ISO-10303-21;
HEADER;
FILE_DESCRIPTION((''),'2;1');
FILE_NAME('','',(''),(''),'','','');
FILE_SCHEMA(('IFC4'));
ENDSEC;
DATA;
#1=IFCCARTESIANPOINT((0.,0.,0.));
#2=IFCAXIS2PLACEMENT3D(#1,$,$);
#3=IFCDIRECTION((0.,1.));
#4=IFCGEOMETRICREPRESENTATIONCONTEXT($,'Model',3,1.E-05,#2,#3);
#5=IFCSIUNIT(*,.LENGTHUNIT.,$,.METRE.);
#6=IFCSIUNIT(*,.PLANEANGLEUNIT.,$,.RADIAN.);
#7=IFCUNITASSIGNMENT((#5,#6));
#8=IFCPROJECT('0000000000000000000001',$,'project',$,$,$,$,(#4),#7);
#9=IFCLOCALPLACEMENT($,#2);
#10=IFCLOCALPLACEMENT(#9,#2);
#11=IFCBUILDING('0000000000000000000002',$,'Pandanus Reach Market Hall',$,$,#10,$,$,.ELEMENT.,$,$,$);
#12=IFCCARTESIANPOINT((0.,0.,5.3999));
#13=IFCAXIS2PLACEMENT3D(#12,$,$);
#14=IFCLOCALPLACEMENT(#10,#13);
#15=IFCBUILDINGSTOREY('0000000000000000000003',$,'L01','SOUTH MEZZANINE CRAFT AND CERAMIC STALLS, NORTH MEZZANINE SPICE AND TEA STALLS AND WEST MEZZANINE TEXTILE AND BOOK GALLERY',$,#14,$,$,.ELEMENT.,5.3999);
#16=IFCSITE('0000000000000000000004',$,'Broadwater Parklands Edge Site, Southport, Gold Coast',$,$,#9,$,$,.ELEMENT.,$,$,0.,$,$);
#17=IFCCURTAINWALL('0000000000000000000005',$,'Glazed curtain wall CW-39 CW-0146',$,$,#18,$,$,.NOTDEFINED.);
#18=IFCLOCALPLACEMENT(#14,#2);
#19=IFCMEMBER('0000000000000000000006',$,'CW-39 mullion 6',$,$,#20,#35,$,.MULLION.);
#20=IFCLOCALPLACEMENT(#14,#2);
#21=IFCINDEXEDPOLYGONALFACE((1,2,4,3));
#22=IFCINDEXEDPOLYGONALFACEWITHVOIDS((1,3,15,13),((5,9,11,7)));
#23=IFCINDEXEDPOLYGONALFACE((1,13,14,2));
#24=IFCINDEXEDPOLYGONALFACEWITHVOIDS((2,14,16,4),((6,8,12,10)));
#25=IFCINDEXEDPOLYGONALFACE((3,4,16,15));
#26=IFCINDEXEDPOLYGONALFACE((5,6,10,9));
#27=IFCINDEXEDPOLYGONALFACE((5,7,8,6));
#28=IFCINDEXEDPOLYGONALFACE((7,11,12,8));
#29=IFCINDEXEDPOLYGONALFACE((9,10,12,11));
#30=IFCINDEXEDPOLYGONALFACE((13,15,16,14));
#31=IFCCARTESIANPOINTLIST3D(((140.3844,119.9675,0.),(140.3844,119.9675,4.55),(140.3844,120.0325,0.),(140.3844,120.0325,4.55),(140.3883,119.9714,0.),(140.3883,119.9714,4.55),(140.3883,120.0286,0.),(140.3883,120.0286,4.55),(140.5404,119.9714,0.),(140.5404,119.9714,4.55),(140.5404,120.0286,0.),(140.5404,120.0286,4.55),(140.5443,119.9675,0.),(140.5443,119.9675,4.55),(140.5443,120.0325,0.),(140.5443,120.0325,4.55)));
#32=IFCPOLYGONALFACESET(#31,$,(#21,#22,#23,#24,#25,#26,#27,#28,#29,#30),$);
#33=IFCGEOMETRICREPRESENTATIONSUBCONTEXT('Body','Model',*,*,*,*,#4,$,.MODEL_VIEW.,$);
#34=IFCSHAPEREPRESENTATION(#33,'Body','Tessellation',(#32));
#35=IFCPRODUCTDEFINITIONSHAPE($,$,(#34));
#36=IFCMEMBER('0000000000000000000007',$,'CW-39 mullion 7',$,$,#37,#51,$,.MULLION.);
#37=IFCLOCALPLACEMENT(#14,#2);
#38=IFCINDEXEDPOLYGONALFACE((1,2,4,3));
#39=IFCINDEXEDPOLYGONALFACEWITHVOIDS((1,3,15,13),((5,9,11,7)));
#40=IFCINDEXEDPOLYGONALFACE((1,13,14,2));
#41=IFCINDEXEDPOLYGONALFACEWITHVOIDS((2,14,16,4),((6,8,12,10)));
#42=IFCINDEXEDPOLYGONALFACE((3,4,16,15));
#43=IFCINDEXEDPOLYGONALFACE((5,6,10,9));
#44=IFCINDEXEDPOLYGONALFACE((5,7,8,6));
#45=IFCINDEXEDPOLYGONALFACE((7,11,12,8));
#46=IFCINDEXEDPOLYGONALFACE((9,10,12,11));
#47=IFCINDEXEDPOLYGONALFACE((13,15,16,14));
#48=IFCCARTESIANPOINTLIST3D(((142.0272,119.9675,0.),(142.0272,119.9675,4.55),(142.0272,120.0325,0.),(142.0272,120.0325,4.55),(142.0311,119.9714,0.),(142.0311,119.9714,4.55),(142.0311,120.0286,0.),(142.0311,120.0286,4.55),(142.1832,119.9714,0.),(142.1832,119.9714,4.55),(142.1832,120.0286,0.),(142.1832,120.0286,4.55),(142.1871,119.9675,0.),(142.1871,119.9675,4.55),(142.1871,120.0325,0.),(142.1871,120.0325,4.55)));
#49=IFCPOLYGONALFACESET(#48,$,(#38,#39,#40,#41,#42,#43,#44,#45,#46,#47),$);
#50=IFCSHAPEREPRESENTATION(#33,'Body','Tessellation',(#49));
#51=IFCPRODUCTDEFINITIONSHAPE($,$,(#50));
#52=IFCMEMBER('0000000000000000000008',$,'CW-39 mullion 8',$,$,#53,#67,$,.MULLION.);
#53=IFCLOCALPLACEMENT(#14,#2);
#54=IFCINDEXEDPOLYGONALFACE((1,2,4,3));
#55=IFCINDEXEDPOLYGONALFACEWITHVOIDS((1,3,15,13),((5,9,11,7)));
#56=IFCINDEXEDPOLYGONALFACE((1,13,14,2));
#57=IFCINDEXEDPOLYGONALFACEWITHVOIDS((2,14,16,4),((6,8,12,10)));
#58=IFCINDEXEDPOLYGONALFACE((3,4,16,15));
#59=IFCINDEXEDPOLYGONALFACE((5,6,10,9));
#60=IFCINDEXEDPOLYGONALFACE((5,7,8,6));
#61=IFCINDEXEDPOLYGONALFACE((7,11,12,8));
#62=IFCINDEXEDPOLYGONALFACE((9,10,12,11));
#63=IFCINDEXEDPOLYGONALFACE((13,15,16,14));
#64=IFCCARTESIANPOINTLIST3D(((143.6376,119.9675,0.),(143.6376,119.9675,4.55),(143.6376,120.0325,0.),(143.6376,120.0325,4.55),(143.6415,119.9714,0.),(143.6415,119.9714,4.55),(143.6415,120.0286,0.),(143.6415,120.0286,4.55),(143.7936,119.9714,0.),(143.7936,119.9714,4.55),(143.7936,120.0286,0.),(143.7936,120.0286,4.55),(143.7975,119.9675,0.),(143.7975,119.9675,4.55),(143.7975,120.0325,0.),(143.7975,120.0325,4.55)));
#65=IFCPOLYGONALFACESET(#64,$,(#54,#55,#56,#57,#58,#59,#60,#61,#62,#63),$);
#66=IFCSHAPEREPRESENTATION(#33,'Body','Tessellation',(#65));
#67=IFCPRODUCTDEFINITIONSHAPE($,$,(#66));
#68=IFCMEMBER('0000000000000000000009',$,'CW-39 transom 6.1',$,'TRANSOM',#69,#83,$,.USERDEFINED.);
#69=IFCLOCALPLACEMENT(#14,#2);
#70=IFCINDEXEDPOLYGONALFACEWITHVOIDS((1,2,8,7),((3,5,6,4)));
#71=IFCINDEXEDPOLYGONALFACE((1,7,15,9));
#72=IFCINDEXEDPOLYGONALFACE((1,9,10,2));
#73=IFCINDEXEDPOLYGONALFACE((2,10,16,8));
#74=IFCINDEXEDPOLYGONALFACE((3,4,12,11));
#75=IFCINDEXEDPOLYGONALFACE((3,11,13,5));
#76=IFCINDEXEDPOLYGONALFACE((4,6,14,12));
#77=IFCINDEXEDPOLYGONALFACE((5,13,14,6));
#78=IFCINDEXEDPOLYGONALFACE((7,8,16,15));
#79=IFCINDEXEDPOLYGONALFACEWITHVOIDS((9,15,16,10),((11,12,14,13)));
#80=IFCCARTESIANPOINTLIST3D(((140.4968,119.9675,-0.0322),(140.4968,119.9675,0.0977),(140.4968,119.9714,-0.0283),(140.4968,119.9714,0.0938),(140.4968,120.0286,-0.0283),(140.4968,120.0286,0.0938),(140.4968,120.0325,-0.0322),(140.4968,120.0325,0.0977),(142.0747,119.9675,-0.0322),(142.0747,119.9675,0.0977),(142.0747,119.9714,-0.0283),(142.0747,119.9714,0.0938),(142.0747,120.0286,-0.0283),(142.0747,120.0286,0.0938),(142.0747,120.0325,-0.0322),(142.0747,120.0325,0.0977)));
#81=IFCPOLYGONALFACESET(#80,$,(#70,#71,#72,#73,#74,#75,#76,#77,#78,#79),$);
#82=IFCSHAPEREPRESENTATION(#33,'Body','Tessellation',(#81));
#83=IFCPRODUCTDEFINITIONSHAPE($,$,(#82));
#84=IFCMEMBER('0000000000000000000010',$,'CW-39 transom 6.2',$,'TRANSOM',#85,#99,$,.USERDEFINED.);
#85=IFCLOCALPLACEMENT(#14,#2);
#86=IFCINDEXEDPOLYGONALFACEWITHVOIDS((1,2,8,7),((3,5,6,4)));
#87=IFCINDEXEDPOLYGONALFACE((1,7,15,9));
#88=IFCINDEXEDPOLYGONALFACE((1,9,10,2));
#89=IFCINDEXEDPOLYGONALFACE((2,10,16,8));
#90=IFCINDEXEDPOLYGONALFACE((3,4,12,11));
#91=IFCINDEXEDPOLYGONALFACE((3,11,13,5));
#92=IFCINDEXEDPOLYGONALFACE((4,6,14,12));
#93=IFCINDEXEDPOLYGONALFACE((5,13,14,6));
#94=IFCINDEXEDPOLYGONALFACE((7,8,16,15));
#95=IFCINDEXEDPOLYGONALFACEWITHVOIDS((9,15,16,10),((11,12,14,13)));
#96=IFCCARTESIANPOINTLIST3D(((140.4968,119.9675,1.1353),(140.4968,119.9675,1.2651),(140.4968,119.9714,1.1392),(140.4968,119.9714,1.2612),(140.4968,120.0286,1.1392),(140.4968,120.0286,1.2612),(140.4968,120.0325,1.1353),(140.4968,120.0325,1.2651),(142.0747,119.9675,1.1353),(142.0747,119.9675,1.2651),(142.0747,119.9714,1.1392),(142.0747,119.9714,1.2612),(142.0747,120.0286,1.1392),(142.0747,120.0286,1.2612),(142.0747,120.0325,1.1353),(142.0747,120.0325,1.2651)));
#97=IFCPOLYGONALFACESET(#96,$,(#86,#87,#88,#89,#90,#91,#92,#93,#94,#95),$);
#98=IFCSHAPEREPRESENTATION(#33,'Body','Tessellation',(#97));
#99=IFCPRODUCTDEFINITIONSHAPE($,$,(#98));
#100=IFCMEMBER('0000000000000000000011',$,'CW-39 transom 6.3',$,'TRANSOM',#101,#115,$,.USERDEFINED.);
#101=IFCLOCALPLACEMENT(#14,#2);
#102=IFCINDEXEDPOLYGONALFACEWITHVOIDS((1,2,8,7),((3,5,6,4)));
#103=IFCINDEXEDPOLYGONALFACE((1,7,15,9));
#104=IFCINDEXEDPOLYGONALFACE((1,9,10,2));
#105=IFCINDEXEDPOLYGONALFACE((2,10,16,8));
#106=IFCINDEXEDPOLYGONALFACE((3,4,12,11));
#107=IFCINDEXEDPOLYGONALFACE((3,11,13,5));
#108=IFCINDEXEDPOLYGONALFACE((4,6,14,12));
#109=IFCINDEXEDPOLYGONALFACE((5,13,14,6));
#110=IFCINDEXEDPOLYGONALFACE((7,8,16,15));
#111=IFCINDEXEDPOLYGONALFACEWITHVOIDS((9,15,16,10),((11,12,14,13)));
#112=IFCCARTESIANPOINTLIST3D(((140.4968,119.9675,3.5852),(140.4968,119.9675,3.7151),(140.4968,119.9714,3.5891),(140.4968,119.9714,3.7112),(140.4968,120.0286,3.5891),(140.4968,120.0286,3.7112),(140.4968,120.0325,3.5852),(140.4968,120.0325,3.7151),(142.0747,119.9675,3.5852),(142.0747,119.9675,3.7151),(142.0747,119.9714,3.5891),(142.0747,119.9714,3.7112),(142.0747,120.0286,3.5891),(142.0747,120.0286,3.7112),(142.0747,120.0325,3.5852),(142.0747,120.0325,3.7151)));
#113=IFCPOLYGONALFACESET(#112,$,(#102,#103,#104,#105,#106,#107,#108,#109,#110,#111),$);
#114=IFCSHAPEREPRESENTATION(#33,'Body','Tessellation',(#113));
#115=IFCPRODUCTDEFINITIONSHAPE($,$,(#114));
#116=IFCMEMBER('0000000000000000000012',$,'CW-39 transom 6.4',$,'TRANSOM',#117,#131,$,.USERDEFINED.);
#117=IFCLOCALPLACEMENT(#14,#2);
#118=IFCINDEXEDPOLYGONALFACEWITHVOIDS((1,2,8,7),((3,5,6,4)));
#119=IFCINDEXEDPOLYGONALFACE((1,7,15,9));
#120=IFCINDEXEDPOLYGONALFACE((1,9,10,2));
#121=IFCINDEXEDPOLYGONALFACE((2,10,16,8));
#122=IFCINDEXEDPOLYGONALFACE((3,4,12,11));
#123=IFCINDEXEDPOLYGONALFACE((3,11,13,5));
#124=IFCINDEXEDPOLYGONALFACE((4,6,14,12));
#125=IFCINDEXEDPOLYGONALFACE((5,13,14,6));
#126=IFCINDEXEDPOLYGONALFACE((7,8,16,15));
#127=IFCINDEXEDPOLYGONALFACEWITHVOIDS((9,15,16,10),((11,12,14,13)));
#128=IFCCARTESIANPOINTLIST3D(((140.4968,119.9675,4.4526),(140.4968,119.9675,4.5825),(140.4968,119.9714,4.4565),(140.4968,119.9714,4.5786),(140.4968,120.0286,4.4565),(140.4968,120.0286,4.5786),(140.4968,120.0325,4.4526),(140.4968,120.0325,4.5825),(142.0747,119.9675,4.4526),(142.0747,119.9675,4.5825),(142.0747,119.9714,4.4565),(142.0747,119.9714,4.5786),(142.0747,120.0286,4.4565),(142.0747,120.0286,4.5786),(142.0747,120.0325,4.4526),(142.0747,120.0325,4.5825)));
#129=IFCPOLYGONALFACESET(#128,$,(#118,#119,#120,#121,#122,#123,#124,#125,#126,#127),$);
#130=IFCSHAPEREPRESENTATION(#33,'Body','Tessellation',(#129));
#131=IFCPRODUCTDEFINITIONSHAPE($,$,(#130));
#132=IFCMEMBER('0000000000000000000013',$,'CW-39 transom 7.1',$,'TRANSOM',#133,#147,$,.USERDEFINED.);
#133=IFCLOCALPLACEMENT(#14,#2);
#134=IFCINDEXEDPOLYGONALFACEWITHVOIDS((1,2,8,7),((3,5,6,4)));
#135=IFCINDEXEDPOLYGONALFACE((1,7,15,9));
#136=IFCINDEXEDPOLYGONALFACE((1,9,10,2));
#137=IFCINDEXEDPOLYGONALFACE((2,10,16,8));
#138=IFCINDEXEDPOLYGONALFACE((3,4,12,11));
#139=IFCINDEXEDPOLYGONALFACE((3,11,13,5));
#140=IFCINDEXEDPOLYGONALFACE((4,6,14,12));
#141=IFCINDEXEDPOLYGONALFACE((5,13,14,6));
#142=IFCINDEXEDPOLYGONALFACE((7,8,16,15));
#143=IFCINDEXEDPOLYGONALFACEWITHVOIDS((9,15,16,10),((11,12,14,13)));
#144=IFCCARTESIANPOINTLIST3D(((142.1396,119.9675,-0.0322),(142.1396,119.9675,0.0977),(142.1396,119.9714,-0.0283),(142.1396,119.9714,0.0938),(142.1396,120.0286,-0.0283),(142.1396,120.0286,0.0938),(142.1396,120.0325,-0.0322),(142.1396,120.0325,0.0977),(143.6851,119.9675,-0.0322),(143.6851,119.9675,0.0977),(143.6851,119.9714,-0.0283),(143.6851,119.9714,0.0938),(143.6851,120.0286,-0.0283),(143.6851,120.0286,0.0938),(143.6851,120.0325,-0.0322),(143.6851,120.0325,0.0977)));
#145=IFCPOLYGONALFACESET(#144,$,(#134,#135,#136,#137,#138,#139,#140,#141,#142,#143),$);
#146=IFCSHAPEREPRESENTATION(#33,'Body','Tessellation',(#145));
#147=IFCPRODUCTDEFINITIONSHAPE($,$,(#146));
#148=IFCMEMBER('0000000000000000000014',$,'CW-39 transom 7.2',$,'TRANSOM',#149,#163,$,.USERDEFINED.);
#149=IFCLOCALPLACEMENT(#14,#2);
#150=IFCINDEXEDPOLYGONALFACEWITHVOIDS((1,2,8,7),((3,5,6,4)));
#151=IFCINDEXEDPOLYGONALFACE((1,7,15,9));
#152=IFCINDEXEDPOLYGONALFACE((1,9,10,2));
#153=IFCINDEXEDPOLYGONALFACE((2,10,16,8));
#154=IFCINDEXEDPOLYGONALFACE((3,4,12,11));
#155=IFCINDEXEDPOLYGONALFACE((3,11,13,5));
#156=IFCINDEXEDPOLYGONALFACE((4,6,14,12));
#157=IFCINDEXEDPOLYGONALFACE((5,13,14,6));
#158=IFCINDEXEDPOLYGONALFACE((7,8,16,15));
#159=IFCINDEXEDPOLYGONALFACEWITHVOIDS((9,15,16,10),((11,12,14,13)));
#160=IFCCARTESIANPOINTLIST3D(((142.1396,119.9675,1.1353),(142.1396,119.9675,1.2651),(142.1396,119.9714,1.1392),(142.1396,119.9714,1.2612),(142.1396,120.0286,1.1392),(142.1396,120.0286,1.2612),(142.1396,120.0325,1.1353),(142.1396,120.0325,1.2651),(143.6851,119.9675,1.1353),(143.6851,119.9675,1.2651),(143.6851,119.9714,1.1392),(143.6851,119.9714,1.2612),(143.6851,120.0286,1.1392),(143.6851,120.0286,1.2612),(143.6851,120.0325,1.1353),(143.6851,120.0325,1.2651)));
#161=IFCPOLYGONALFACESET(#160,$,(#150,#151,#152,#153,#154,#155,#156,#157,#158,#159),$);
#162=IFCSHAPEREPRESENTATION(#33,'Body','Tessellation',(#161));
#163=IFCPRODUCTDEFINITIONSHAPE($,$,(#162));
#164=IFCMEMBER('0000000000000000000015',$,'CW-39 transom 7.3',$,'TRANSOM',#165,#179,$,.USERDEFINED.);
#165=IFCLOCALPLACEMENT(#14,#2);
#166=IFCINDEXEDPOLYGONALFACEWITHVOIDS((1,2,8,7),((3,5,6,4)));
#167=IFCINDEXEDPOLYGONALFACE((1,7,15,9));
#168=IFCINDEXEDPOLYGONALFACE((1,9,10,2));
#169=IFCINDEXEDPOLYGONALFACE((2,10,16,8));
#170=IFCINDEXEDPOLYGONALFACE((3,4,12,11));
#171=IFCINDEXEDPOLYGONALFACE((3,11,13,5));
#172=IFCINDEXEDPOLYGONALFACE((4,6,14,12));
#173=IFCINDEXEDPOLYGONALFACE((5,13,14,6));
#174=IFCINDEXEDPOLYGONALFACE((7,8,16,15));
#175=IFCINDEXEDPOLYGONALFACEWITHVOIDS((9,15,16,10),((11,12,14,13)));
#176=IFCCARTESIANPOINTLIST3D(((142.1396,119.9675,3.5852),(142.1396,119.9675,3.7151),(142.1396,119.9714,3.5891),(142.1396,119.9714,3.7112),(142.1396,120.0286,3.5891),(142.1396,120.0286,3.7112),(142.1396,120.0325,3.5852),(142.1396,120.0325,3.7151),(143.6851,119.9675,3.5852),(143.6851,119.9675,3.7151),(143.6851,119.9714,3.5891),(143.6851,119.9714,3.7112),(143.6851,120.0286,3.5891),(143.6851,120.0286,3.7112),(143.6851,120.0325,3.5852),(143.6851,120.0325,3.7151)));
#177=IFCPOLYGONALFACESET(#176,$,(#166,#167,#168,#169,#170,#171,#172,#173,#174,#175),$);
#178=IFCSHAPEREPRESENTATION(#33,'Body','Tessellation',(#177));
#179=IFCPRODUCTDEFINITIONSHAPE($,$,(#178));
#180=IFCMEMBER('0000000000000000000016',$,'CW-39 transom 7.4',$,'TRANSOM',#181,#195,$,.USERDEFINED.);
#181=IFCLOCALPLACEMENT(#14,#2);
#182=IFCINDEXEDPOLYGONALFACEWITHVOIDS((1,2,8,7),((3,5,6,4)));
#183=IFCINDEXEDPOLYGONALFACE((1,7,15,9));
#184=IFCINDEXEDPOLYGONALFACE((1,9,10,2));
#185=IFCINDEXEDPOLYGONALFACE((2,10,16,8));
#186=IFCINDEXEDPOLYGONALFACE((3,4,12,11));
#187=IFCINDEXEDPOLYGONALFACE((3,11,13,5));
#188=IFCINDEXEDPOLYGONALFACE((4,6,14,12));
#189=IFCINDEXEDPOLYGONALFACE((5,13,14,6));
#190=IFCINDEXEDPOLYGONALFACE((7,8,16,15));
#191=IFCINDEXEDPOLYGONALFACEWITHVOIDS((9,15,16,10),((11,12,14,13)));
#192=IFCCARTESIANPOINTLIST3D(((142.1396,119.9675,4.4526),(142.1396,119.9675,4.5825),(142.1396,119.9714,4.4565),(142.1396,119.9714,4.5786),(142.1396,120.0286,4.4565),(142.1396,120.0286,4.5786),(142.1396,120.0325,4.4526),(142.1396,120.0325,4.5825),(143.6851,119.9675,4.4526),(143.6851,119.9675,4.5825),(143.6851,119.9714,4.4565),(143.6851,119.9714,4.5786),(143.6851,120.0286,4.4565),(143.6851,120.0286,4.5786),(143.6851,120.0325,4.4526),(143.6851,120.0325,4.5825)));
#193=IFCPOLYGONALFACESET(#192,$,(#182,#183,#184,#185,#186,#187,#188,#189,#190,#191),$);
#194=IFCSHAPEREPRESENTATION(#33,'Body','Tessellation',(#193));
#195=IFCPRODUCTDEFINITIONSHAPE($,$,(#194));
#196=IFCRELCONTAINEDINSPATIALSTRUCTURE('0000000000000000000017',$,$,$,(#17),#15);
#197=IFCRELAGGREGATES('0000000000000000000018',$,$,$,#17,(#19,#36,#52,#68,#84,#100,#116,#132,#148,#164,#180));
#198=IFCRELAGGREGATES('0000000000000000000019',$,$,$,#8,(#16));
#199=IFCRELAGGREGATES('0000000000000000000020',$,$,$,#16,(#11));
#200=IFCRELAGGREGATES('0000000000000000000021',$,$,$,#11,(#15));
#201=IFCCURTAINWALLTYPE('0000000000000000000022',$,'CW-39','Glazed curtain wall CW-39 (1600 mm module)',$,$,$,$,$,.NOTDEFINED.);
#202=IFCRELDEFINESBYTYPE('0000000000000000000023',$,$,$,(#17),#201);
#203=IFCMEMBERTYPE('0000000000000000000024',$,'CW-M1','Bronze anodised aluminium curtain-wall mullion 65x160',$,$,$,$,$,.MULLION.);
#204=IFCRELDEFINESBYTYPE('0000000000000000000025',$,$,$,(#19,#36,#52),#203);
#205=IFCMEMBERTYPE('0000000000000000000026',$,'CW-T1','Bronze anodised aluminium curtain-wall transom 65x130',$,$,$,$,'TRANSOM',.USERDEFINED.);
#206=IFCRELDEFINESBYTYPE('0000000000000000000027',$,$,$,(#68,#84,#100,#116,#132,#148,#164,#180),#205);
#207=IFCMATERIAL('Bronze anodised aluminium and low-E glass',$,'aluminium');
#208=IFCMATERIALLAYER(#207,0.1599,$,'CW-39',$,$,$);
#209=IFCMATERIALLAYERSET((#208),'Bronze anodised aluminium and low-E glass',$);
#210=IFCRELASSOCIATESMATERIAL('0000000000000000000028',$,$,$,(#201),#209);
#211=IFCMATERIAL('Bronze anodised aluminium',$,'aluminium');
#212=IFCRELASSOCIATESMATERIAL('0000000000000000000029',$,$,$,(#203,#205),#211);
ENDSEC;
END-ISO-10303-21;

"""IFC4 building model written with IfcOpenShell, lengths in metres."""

from ifc_helpers import new_model, si_unit, direction, frame, origin, origin_2d, place, context, subcontext, project, spatial, hollow_rectangle, extrude, material, layer, layer_set, material_profile, profile_set, type_object, element, aggregate, save


model = new_model("IFC4")

# Units and contexts
model_context = context("Model", 3, precision=1e-05, world=origin(), true_north=direction((0.0, 1.0)))
body_context = subcontext(model_context, "Body", "Model", "MODEL_VIEW")
ifc_project = project(units=[si_unit("LENGTHUNIT", "METRE"), si_unit("PLANEANGLEUNIT", "RADIAN")], contexts=[model_context])

# Site, building, storey
site_placement = place(None, origin())
site = spatial("IfcSite", under=ifc_project, at=site_placement, Name="Broadwater Parklands Edge Site, Southport, Gold Coast", CompositionType="ELEMENT", RefElevation=0.0)
building_placement = place(site_placement, origin())
building = spatial("IfcBuilding", under=site, at=building_placement, Name="Pandanus Reach Market Hall", CompositionType="ELEMENT")
storey_placement = place(building_placement, frame((0.0, 0.0, 5.3999)))
storey = spatial("IfcBuildingStorey", under=building, at=storey_placement, Name="L01", Description="SOUTH MEZZANINE CRAFT AND CERAMIC STALLS, NORTH MEZZANINE SPICE AND TEA STALLS AND WEST MEZZANINE TEXTILE AND BOOK GALLERY", CompositionType="ELEMENT", Elevation=5.3999)

# Curtain wall, members
ifc_material_1 = material(Name="Bronze anodised aluminium and low-E glass", Category="aluminium")
ifc_layer_1 = layer(ifc_material_1, 0.1599, Name="CW-39")
ifc_layer_set_1 = layer_set([ifc_layer_1], Name="Bronze anodised aluminium and low-E glass")
curtain_wall_type = type_object("IfcCurtainWallType", Name="CW-39", Description="Glazed curtain wall CW-39 (1600 mm module)", PredefinedType="NOTDEFINED", material=ifc_layer_set_1)
curtain_wall_placement = place(storey_placement, origin())
curtain_wall = element("IfcCurtainWall", 1, at=curtain_wall_placement, inside=storey, type_object=curtain_wall_type, Name="Glazed curtain wall CW-39 CW-0146", PredefinedType="NOTDEFINED")
ifc_material_2 = material(Name="Bronze anodised aluminium", Category="aluminium")
ifc_material_profile_1 = material_profile(ifc_material_2, hollow_rectangle(XDim=0.0649, YDim=0.1599, WallThickness=0.0039, at=origin_2d()), Name="ALU65x160", Category="LoadBearing")
ifc_profile_set_1 = profile_set([ifc_material_profile_1], Name="Bronze anodised aluminium")
member_type_1 = type_object("IfcMemberType", Name="CW-M1", Description="Bronze anodised aluminium curtain-wall mullion 65x160", PredefinedType="MULLION", material=ifc_profile_set_1)
member_1_placement = place(storey_placement, frame((140.4644, 120.0, 0.0), z_axis=(0.0, 0.0, 1.0), x_axis=(0.0, 1.0, 0.0)))
member_1 = element("IfcMember", 2, at=member_1_placement, type_object=member_type_1, Name="CW-39 mullion 6", PredefinedType="MULLION", context=body_context, shape_type="SweptSolid", body=[
    extrude(hollow_rectangle(XDim=0.0649, YDim=0.1599, WallThickness=0.0039, at=origin_2d()), origin(), (0.0, 0.0, 1.0), 4.55),
])
member_2_placement = place(storey_placement, frame((142.1072, 120.0, 0.0), z_axis=(0.0, 0.0, 1.0), x_axis=(0.0, 1.0, 0.0)))
member_2 = element("IfcMember", 3, at=member_2_placement, type_object=member_type_1, Name="CW-39 mullion 7", PredefinedType="MULLION", context=body_context, shape_type="SweptSolid", body=[
    extrude(hollow_rectangle(XDim=0.0649, YDim=0.1599, WallThickness=0.0039, at=origin_2d()), origin(), (0.0, 0.0, 1.0), 4.55),
])
member_3_placement = place(storey_placement, frame((143.7175, 120.0, 0.0), z_axis=(0.0, 0.0, 1.0), x_axis=(0.0, 1.0, 0.0)))
member_3 = element("IfcMember", 4, at=member_3_placement, type_object=member_type_1, Name="CW-39 mullion 8", PredefinedType="MULLION", context=body_context, shape_type="SweptSolid", body=[
    extrude(hollow_rectangle(XDim=0.0649, YDim=0.1599, WallThickness=0.0039, at=origin_2d()), origin(), (0.0, 0.0, 1.0), 4.55),
])
ifc_material_profile_2 = material_profile(ifc_material_2, hollow_rectangle(XDim=0.0649, YDim=0.1299, WallThickness=0.0039, at=origin_2d()), Name="ALU65x130", Category="LoadBearing")
ifc_profile_set_2 = profile_set([ifc_material_profile_2], Name="Bronze anodised aluminium")
member_type_2 = type_object("IfcMemberType", Name="CW-T1", Description="Bronze anodised aluminium curtain-wall transom 65x130", ElementType="TRANSOM", PredefinedType="USERDEFINED", material=ifc_profile_set_2)
member_4_placement = place(storey_placement, frame((140.4968, 120.0, 0.0327), z_axis=(1.0, 0.0, 0.0), x_axis=(0.0, 1.0, 0.0)))
member_4 = element("IfcMember", 5, at=member_4_placement, type_object=member_type_2, Name="CW-39 transom 6.1", ObjectType="TRANSOM", PredefinedType="USERDEFINED", context=body_context, shape_type="SweptSolid", body=[
    extrude(hollow_rectangle(XDim=0.0649, YDim=0.1299, WallThickness=0.0039, at=origin_2d()), origin(), (0.0, 0.0, 1.0), 1.5779),
])
member_5_placement = place(storey_placement, frame((140.4968, 120.0, 1.2002), z_axis=(1.0, 0.0, 0.0), x_axis=(0.0, 1.0, 0.0)))
member_5 = element("IfcMember", 6, at=member_5_placement, type_object=member_type_2, Name="CW-39 transom 6.2", ObjectType="TRANSOM", PredefinedType="USERDEFINED", context=body_context, shape_type="SweptSolid", body=[
    extrude(hollow_rectangle(XDim=0.0649, YDim=0.1299, WallThickness=0.0039, at=origin_2d()), origin(), (0.0, 0.0, 1.0), 1.5779),
])
member_6_placement = place(storey_placement, frame((140.4968, 120.0, 3.6501), z_axis=(1.0, 0.0, 0.0), x_axis=(0.0, 1.0, 0.0)))
member_6 = element("IfcMember", 7, at=member_6_placement, type_object=member_type_2, Name="CW-39 transom 6.3", ObjectType="TRANSOM", PredefinedType="USERDEFINED", context=body_context, shape_type="SweptSolid", body=[
    extrude(hollow_rectangle(XDim=0.0649, YDim=0.1299, WallThickness=0.0039, at=origin_2d()), origin(), (0.0, 0.0, 1.0), 1.5779),
])
member_7_placement = place(storey_placement, frame((140.4968, 120.0, 4.5176), z_axis=(1.0, 0.0, 0.0), x_axis=(0.0, 1.0, 0.0)))
member_7 = element("IfcMember", 8, at=member_7_placement, type_object=member_type_2, Name="CW-39 transom 6.4", ObjectType="TRANSOM", PredefinedType="USERDEFINED", context=body_context, shape_type="SweptSolid", body=[
    extrude(hollow_rectangle(XDim=0.0649, YDim=0.1299, WallThickness=0.0039, at=origin_2d()), origin(), (0.0, 0.0, 1.0), 1.5779),
])
member_8_placement = place(storey_placement, frame((142.1396, 120.0, 0.0327), z_axis=(1.0, 0.0, 0.0), x_axis=(0.0, 1.0, 0.0)))
member_8 = element("IfcMember", 9, at=member_8_placement, type_object=member_type_2, Name="CW-39 transom 7.1", ObjectType="TRANSOM", PredefinedType="USERDEFINED", context=body_context, shape_type="SweptSolid", body=[
    extrude(hollow_rectangle(XDim=0.0649, YDim=0.1299, WallThickness=0.0039, at=origin_2d()), origin(), (0.0, 0.0, 1.0), 1.5454),
])
member_9_placement = place(storey_placement, frame((142.1396, 120.0, 1.2002), z_axis=(1.0, 0.0, 0.0), x_axis=(0.0, 1.0, 0.0)))
member_9 = element("IfcMember", 10, at=member_9_placement, type_object=member_type_2, Name="CW-39 transom 7.2", ObjectType="TRANSOM", PredefinedType="USERDEFINED", context=body_context, shape_type="SweptSolid", body=[
    extrude(hollow_rectangle(XDim=0.0649, YDim=0.1299, WallThickness=0.0039, at=origin_2d()), origin(), (0.0, 0.0, 1.0), 1.5454),
])
member_10_placement = place(storey_placement, frame((142.1396, 120.0, 3.6501), z_axis=(1.0, 0.0, 0.0), x_axis=(0.0, 1.0, 0.0)))
member_10 = element("IfcMember", 11, at=member_10_placement, type_object=member_type_2, Name="CW-39 transom 7.3", ObjectType="TRANSOM", PredefinedType="USERDEFINED", context=body_context, shape_type="SweptSolid", body=[
    extrude(hollow_rectangle(XDim=0.0649, YDim=0.1299, WallThickness=0.0039, at=origin_2d()), origin(), (0.0, 0.0, 1.0), 1.5454),
])
member_11_placement = place(storey_placement, frame((142.1396, 120.0, 4.5176), z_axis=(1.0, 0.0, 0.0), x_axis=(0.0, 1.0, 0.0)))
member_11 = element("IfcMember", 12, at=member_11_placement, type_object=member_type_2, Name="CW-39 transom 7.4", ObjectType="TRANSOM", PredefinedType="USERDEFINED", context=body_context, shape_type="SweptSolid", body=[
    extrude(hollow_rectangle(XDim=0.0649, YDim=0.1299, WallThickness=0.0039, at=origin_2d()), origin(), (0.0, 0.0, 1.0), 1.5454),
])
aggregate(curtain_wall, [member_1, member_2, member_3, member_4, member_5, member_6, member_7, member_8, member_9, member_10, member_11])

save(model, "model.ifc")
